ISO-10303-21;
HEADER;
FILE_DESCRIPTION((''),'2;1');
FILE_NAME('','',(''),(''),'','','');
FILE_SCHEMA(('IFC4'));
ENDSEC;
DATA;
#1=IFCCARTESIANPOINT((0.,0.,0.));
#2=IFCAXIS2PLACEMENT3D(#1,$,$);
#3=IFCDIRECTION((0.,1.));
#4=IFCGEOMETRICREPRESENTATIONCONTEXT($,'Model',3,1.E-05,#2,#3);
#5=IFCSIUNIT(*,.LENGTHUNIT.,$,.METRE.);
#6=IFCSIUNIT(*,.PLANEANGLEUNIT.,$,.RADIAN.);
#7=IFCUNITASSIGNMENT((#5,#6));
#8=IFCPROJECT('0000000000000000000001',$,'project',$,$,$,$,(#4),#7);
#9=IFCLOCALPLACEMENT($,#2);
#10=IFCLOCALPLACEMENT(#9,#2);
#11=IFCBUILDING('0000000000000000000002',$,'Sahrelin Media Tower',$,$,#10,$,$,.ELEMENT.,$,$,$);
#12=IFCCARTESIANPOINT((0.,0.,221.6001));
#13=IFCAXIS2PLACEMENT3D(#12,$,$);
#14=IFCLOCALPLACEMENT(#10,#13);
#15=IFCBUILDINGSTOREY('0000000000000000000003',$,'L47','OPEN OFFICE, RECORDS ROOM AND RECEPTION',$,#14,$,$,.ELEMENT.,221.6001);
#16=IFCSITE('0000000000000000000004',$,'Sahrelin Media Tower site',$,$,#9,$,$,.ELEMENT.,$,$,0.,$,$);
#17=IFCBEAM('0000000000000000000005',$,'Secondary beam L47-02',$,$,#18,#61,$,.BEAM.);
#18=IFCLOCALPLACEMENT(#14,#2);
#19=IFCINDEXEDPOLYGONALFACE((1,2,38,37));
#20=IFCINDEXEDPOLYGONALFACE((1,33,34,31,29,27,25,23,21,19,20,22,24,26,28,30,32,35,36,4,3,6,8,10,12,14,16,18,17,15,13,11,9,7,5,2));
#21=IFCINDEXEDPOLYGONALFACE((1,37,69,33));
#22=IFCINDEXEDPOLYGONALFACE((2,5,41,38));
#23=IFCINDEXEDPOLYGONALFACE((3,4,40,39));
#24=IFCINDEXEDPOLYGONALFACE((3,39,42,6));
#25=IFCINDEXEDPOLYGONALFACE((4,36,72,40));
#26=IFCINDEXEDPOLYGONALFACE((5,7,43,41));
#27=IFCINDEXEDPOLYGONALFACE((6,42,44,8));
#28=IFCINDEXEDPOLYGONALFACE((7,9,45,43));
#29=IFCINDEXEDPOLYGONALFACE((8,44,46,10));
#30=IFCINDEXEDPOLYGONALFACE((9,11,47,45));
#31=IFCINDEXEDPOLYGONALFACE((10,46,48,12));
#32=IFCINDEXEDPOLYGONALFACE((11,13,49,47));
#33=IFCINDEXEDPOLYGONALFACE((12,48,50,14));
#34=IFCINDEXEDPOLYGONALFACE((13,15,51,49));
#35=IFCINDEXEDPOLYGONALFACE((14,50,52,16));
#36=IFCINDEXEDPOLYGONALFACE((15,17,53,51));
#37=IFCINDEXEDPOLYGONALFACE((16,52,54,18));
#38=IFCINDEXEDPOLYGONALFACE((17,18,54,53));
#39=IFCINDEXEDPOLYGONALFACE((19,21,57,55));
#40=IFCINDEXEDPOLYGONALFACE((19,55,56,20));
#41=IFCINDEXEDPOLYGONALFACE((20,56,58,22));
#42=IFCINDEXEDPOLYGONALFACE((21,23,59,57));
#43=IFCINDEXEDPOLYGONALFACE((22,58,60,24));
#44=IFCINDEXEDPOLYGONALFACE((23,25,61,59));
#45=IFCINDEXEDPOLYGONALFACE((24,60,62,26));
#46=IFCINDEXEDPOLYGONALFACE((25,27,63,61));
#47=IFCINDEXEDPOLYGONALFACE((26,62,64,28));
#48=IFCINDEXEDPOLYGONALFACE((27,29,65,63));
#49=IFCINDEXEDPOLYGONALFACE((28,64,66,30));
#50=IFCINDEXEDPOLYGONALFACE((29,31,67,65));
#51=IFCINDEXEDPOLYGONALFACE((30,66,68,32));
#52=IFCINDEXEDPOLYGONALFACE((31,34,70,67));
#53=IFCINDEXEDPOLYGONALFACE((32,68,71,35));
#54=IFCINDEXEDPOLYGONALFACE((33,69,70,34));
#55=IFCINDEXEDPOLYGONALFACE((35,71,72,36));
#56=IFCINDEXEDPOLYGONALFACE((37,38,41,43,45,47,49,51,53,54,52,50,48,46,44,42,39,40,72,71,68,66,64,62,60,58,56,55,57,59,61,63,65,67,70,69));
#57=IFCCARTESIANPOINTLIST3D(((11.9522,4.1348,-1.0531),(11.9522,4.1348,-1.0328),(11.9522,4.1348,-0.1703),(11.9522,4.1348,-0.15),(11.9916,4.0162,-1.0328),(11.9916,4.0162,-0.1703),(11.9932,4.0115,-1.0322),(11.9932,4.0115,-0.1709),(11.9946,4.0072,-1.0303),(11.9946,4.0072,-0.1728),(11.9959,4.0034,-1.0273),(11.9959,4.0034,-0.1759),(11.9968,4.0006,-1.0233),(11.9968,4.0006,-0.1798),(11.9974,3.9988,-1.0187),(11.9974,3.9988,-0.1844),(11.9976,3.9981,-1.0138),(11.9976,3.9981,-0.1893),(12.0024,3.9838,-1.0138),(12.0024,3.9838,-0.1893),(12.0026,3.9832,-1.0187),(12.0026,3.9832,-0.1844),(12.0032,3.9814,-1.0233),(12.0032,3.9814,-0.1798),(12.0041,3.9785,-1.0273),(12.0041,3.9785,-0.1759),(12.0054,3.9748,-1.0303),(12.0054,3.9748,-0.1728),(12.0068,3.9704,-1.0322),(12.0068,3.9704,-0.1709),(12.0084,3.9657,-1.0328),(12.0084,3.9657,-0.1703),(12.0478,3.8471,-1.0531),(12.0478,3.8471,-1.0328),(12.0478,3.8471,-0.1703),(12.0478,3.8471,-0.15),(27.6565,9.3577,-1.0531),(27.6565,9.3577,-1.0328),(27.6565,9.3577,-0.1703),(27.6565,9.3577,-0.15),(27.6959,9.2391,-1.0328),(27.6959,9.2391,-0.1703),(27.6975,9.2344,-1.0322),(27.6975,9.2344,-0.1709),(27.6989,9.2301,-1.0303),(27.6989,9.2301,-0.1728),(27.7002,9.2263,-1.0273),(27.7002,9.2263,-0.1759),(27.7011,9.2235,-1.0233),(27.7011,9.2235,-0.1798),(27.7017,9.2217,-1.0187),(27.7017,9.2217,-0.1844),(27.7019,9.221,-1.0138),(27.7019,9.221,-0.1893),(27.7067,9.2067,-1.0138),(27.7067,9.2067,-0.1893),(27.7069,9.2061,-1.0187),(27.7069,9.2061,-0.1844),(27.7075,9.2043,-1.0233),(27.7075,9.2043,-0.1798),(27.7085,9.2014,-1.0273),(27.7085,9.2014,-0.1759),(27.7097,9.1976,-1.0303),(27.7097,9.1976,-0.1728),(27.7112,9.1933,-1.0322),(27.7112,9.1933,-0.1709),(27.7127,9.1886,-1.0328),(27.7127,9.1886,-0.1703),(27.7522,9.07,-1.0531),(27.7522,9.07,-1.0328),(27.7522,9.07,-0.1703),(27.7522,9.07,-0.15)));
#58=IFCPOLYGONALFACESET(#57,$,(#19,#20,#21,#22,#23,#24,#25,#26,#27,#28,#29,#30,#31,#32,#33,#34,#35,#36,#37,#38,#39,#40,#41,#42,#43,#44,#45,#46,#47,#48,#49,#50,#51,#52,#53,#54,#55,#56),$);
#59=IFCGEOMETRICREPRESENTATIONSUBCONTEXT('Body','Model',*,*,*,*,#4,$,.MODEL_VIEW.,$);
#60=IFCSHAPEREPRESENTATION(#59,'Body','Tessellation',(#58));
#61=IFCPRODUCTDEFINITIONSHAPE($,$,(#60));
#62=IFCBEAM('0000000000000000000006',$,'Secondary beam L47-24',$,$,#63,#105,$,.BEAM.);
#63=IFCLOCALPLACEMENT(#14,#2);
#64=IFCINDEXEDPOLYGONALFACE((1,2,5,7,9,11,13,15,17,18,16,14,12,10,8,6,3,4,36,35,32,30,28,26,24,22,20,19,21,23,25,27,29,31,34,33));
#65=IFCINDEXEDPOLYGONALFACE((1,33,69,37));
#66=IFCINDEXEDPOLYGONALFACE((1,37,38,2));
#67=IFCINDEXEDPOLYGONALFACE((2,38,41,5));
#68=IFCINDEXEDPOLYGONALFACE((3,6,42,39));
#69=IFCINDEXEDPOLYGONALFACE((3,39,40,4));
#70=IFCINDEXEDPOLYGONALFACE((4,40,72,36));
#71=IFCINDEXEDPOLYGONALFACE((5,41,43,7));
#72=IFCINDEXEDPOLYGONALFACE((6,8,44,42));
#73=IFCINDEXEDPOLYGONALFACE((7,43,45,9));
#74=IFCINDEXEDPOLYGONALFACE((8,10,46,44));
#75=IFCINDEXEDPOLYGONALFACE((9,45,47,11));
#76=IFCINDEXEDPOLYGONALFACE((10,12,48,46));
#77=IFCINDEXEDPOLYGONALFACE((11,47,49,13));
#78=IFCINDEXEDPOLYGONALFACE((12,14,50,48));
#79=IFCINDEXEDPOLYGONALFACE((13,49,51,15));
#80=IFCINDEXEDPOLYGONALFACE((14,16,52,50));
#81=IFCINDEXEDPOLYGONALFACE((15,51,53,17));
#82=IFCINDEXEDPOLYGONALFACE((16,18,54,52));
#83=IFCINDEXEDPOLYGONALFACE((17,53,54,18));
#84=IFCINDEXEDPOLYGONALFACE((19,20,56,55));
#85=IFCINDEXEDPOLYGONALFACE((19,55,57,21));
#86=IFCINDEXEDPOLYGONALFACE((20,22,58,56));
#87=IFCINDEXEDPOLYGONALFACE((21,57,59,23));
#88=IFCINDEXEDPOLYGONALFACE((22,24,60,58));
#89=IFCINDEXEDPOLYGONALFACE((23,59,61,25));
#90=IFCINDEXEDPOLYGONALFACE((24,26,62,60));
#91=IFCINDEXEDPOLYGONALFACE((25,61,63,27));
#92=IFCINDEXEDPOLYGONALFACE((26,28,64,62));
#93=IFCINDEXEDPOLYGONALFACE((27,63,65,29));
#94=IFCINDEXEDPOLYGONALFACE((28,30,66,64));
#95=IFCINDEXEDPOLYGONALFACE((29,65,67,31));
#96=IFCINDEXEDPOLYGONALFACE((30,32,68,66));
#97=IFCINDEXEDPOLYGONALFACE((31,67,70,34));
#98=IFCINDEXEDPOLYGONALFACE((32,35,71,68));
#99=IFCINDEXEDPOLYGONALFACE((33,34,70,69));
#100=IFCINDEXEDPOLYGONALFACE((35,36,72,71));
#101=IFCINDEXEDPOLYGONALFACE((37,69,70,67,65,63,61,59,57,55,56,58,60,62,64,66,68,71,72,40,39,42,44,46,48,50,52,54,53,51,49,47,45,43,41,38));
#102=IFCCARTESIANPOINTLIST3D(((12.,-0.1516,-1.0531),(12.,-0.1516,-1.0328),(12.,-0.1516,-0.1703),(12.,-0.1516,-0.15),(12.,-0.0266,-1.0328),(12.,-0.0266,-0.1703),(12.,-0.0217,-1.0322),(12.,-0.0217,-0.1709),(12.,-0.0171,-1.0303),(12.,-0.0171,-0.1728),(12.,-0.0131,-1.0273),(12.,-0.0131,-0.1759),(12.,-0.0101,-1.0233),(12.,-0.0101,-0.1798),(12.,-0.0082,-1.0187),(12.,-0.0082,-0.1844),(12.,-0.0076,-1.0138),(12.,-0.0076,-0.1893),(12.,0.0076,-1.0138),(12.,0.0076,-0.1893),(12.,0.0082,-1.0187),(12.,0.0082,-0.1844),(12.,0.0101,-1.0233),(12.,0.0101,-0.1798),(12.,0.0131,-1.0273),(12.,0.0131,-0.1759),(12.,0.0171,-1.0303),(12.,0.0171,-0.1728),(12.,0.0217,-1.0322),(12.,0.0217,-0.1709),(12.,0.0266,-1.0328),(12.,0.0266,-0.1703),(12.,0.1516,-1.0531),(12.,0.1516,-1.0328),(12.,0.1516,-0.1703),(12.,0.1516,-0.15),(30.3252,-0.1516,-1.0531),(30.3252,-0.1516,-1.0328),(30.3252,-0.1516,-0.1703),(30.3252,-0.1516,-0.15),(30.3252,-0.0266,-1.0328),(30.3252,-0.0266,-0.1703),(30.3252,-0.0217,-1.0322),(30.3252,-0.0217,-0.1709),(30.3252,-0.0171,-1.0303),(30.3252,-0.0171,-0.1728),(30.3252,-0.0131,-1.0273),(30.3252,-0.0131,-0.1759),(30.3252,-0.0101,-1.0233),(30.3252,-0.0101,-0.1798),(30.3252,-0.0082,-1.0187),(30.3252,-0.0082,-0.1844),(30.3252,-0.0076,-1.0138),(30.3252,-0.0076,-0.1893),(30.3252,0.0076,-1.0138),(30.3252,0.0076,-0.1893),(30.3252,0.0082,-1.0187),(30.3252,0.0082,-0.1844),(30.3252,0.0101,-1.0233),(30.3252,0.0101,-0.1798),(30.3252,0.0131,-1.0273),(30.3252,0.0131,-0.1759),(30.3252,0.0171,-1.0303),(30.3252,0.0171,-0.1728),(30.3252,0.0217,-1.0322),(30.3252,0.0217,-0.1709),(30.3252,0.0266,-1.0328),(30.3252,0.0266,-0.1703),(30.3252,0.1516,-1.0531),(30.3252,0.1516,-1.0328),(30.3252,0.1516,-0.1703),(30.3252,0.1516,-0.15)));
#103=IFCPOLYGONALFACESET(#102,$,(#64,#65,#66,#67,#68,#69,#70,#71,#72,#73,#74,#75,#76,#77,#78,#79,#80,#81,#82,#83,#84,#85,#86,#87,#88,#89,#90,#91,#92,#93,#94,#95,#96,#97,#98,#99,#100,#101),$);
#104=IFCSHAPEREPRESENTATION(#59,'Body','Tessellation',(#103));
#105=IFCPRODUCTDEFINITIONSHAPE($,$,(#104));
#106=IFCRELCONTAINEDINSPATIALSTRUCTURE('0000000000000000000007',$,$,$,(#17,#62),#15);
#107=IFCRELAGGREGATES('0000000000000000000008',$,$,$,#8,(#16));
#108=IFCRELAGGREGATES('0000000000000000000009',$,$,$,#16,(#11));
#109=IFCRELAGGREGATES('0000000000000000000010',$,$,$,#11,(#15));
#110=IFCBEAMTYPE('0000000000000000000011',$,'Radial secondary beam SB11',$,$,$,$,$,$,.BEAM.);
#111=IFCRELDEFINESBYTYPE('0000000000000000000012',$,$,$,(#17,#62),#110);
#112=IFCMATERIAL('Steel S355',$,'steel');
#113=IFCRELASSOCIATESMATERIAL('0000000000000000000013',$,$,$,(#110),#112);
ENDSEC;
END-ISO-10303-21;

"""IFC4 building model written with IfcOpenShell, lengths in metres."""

from ifc_helpers import new_model, si_unit, direction, frame, origin, origin_2d, place, context, subcontext, project, spatial, i_section, extrude, material, material_profile, profile_set, type_object, element, save


model = new_model("IFC4")

# Units and contexts
model_context = context("Model", 3, precision=1e-05, world=origin(), true_north=direction((0.0, 1.0)))
body_context = subcontext(model_context, "Body", "Model", "MODEL_VIEW")
ifc_project = project(units=[si_unit("LENGTHUNIT", "METRE"), si_unit("PLANEANGLEUNIT", "RADIAN")], contexts=[model_context])

# Site, building, storey
site_placement = place(None, origin())
site = spatial("IfcSite", under=ifc_project, at=site_placement, Name="Sahrelin Media Tower site", CompositionType="ELEMENT", RefElevation=0.0)
building_placement = place(site_placement, origin())
building = spatial("IfcBuilding", under=site, at=building_placement, Name="Sahrelin Media Tower", CompositionType="ELEMENT")
storey_placement = place(building_placement, frame((0.0, 0.0, 221.6001)))
storey = spatial("IfcBuildingStorey", under=building, at=storey_placement, Name="L47", Description="OPEN OFFICE, RECORDS ROOM AND RECEPTION", CompositionType="ELEMENT", Elevation=221.6001)

# Beams
ifc_material_1 = material(Name="Steel S355", Category="steel")
ifc_material_profile_1 = material_profile(ifc_material_1, i_section(OverallWidth=0.3032, OverallDepth=0.9031, WebThickness=0.0151, FlangeThickness=0.0203, FilletRadius=0.019, at=origin_2d()), Name="UB 914x305x201")
ifc_profile_set_1 = profile_set([ifc_material_profile_1], Name="Steel S355")
beam_type_1 = type_object("IfcBeamType", Name="Radial secondary beam SB11", PredefinedType="BEAM", material=ifc_profile_set_1)
beam_1_placement = place(storey_placement, frame((12.0, 3.991, -0.6016), z_axis=(0.948898, 0.315582, 0.0), x_axis=(-0.315582, 0.948898, 0.0)))
element("IfcBeam", 1, at=beam_1_placement, inside=storey, type_object=beam_type_1, Name="Secondary beam L47-02", PredefinedType="BEAM", context=body_context, shape_type="SweptSolid", body=[
    extrude(i_section(OverallWidth=0.3032, OverallDepth=0.9031, WebThickness=0.0151, FlangeThickness=0.0203, FilletRadius=0.019, at=origin_2d()), origin(), (0.0, 0.0, 1.0), 16.55),
])
beam_2_placement = place(storey_placement, frame((12.0, 0.0, -0.6016), z_axis=(1.0, 0.0, 0.0), x_axis=(0.0, 1.0, 0.0)))
element("IfcBeam", 2, at=beam_2_placement, inside=storey, type_object=beam_type_1, Name="Secondary beam L47-24", PredefinedType="BEAM", context=body_context, shape_type="SweptSolid", body=[
    extrude(i_section(OverallWidth=0.3032, OverallDepth=0.9031, WebThickness=0.0151, FlangeThickness=0.0203, FilletRadius=0.019, at=origin_2d()), origin(), (0.0, 0.0, 1.0), 18.3252),
])

save(model, "model.ifc")
